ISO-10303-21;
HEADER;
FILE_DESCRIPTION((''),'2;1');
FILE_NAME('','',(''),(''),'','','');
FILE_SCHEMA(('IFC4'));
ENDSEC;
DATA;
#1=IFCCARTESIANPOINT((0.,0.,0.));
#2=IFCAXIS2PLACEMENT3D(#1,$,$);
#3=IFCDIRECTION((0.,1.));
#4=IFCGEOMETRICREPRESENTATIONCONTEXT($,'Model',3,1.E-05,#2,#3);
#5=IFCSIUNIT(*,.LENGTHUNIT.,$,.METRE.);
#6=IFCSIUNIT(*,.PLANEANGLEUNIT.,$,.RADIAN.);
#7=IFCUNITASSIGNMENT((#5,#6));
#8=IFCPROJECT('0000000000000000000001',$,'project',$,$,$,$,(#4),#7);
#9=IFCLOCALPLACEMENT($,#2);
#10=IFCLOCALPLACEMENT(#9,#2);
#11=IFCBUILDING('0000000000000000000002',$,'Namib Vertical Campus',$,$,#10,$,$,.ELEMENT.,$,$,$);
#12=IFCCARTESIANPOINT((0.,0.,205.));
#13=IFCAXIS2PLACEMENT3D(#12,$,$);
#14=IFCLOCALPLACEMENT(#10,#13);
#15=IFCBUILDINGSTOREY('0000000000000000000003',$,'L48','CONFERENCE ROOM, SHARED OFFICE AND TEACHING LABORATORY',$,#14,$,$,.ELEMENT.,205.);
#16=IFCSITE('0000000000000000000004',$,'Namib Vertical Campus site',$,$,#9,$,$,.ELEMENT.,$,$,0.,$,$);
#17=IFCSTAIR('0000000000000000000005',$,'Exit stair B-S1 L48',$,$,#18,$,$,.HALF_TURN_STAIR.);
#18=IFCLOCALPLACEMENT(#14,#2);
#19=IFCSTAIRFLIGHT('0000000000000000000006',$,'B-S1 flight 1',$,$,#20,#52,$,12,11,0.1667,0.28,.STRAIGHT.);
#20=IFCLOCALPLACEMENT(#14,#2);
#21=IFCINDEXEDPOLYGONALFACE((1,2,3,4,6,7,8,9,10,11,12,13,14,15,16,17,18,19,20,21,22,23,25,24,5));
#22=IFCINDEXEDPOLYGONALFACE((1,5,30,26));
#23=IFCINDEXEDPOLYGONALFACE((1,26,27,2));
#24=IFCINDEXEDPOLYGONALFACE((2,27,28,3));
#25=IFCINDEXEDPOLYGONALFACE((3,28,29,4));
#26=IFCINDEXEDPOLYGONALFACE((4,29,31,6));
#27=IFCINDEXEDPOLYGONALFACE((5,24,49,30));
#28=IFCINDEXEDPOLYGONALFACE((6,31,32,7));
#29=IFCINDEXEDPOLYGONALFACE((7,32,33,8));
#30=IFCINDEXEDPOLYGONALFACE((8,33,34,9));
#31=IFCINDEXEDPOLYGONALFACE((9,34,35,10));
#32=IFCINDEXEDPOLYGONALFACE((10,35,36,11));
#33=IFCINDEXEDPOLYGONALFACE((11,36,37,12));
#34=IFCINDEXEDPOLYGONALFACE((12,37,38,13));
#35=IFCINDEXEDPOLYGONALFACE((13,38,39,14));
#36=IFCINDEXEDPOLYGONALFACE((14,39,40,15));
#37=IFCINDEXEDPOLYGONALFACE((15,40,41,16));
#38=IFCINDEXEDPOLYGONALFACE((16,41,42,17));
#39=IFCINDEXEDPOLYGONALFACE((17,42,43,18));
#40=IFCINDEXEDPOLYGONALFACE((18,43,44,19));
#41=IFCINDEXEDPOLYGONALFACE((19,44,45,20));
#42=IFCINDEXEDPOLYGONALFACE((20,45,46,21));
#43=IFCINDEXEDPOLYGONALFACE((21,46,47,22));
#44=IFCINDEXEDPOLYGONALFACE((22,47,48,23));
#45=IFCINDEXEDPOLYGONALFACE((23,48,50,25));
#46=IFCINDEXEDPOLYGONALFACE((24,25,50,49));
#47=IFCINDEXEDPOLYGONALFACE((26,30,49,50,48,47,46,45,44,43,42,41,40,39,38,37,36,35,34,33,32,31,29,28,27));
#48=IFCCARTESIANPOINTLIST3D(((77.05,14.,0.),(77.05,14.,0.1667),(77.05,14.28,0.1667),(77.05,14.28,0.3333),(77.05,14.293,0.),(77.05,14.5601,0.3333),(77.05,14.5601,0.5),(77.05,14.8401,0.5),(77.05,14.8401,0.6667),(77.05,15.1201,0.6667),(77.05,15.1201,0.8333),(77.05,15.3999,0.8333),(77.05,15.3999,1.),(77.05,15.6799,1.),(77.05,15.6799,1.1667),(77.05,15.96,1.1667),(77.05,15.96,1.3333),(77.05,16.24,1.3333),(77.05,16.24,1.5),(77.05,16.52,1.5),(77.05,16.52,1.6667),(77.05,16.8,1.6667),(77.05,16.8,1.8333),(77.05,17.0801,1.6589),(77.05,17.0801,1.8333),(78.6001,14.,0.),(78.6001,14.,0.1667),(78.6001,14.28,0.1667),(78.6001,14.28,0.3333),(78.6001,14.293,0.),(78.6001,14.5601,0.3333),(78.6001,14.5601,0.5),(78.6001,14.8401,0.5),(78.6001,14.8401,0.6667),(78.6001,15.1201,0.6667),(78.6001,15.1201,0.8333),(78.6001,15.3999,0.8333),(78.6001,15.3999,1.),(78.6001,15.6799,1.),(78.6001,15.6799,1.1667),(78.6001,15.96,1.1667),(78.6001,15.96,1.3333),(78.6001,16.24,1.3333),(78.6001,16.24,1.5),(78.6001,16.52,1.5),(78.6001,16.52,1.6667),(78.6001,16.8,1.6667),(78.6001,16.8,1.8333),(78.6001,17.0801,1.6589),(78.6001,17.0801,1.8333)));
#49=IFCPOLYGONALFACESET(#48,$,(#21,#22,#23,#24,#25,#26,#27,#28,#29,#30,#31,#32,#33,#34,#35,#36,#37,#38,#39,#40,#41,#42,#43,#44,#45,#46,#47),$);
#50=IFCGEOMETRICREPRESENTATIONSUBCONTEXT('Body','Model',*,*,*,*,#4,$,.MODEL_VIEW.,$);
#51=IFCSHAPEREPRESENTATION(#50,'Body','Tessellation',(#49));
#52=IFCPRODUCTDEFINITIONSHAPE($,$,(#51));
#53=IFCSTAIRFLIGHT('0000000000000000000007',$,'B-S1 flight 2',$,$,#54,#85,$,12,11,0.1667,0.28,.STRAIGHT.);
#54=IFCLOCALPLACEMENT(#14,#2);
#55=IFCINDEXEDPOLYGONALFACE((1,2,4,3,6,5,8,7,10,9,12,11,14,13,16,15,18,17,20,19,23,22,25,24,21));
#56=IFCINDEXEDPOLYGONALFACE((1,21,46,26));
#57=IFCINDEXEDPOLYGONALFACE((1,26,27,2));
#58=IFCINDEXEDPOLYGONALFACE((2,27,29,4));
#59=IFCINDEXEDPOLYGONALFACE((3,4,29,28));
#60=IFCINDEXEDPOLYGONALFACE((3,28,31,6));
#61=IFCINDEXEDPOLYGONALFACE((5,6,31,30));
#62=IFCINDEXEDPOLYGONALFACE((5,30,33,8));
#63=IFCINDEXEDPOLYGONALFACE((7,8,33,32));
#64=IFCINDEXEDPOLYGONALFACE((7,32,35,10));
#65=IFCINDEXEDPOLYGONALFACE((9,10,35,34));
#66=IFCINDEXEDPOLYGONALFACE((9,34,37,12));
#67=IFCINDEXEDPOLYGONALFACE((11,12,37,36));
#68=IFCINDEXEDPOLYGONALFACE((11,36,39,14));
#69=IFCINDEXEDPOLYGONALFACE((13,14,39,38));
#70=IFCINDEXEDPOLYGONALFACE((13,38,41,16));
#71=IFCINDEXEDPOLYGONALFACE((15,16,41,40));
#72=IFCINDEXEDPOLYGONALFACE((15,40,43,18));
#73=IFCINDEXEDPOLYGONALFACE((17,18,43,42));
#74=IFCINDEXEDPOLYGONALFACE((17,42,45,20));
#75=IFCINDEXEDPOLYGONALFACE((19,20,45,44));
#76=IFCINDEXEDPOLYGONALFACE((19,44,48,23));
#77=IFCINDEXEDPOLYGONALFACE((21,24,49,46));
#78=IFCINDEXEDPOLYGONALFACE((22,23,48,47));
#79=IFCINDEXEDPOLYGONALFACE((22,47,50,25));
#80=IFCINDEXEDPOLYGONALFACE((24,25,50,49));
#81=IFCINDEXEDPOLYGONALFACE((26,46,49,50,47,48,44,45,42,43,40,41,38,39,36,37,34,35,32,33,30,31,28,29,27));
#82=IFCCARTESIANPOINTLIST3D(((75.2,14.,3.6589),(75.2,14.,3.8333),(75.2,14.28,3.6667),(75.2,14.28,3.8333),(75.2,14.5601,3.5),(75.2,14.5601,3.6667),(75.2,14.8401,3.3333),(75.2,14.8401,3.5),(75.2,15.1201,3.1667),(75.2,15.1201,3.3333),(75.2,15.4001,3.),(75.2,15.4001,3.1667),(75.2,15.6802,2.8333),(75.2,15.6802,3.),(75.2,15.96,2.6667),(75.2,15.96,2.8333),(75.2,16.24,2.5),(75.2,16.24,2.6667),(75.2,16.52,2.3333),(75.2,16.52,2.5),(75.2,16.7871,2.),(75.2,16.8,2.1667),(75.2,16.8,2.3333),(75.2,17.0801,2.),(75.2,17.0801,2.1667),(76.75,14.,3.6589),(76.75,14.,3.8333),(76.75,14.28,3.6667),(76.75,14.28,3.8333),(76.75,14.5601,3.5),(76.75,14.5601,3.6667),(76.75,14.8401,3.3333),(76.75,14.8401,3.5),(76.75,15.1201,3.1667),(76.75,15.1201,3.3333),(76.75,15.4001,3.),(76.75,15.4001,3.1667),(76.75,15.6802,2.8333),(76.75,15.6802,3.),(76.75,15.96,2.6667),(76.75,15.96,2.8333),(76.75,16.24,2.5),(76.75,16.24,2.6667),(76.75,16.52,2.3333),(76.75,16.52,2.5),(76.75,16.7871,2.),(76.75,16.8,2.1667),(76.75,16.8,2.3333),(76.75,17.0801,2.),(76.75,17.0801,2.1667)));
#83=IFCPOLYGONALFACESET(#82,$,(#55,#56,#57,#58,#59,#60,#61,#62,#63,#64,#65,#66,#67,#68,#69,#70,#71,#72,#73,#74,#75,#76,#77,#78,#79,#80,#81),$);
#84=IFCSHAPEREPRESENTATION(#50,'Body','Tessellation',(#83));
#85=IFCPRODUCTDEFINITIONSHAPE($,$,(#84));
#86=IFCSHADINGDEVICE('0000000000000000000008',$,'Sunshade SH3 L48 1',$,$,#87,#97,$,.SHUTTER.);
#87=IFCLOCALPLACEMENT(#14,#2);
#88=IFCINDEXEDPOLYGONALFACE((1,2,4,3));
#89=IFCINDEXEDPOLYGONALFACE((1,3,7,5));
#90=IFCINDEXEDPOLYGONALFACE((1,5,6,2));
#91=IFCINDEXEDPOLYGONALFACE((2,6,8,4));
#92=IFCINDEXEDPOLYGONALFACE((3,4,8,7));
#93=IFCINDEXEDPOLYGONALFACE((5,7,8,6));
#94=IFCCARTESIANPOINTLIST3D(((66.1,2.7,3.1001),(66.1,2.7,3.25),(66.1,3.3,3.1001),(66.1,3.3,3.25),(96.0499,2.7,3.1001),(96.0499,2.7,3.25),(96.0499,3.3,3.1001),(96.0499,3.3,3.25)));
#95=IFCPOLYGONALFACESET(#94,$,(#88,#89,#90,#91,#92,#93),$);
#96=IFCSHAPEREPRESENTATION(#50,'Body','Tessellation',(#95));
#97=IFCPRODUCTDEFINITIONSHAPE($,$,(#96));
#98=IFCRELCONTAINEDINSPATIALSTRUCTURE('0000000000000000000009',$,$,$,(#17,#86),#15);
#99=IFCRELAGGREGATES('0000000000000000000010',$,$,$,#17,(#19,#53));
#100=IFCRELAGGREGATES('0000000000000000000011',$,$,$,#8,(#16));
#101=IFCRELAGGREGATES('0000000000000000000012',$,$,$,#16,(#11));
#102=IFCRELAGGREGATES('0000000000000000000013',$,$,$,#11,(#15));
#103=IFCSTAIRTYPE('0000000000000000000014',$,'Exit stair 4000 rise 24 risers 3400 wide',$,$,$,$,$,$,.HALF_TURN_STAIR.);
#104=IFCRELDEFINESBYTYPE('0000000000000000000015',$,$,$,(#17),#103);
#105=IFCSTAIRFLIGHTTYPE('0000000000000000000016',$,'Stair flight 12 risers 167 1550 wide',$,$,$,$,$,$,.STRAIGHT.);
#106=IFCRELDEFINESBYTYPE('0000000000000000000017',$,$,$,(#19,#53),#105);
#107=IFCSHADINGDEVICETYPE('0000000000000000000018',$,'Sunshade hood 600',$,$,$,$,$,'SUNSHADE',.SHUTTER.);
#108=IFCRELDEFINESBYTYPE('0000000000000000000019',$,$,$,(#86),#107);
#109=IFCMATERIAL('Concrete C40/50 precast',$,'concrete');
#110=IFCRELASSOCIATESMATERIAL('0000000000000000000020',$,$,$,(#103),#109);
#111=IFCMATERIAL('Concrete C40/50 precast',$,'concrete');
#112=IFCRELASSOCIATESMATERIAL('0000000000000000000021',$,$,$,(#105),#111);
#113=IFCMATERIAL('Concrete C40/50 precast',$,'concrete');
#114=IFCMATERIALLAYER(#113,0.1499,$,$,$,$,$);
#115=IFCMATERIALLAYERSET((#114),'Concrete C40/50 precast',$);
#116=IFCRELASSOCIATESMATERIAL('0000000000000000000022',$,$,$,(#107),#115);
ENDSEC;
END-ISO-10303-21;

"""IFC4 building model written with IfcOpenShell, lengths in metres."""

from ifc_helpers import new_model, si_unit, direction, frame, origin, origin_2d, place, context, subcontext, project, spatial, polyline, rectangle, outline, extrude, material, layer, layer_set, type_object, element, aggregate, save


model = new_model("IFC4")

# Units and contexts
model_context = context("Model", 3, precision=1e-05, world=origin(), true_north=direction((0.0, 1.0)))
body_context = subcontext(model_context, "Body", "Model", "MODEL_VIEW")
ifc_project = project(units=[si_unit("LENGTHUNIT", "METRE"), si_unit("PLANEANGLEUNIT", "RADIAN")], contexts=[model_context])

# Site, building, storey
site_placement = place(None, origin())
site = spatial("IfcSite", under=ifc_project, at=site_placement, Name="Namib Vertical Campus site", CompositionType="ELEMENT", RefElevation=0.0)
building_placement = place(site_placement, origin())
building = spatial("IfcBuilding", under=site, at=building_placement, Name="Namib Vertical Campus", CompositionType="ELEMENT")
storey_placement = place(building_placement, frame((0.0, 0.0, 205.0)))
storey = spatial("IfcBuildingStorey", under=building, at=storey_placement, Name="L48", Description="CONFERENCE ROOM, SHARED OFFICE AND TEACHING LABORATORY", CompositionType="ELEMENT", Elevation=205.0)

# Stair, stair flights
ifc_material_1 = material(Name="Concrete C40/50 precast", Category="concrete")
stair_type = type_object("IfcStairType", Name="Exit stair 4000 rise 24 risers 3400 wide", PredefinedType="HALF_TURN_STAIR", material=ifc_material_1)
stair_placement = place(storey_placement, origin())
stair = element("IfcStair", 1, at=stair_placement, inside=storey, type_object=stair_type, Name="Exit stair B-S1 L48", PredefinedType="HALF_TURN_STAIR")
ifc_material_2 = material(Name="Concrete C40/50 precast", Category="concrete")
stair_flight_type = type_object("IfcStairFlightType", Name="Stair flight 12 risers 167 1550 wide", PredefinedType="STRAIGHT", material=ifc_material_2)
stair_flight_1_placement = place(storey_placement, frame((77.825, 14.0, 0.0), z_axis=(0.0, 0.0, 1.0), x_axis=(0.0, 1.0, 0.0)))
stair_flight_1 = element("IfcStairFlight", 2, at=stair_flight_1_placement, type_object=stair_flight_type, Name="B-S1 flight 1", NumberOfRisers=12, NumberOfTreads=11, PredefinedType="STRAIGHT", RiserHeight=0.1667, TreadLength=0.28, context=body_context, shape_type="SweptSolid", body=[
    extrude(outline(polyline([(0.0, 0.0), (0.0, 0.1667), (0.28, 0.1667), (0.28, 0.3333), (0.5601, 0.3333), (0.5601, 0.5), (0.8401, 0.5), (0.8401, 0.6667), (1.1201, 0.6667), (1.1201, 0.8333), (1.3999, 0.8333), (1.3999, 1.0), (1.6799, 1.0), (1.6799, 1.1667), (1.96, 1.1667), (1.96, 1.3333), (2.24, 1.3333), (2.24, 1.5), (2.52, 1.5), (2.52, 1.6667), (2.8, 1.6667), (2.8, 1.8333), (3.0801, 1.8333), (3.0801, 2.0), (3.0801, 1.6589), (0.293, 0.0), (0.0, 0.0)])), frame((0.0, 0.7749, 0.0), z_axis=(0.0, -1.0, 0.0), x_axis=(1.0, 0.0, 0.0)), (0.0, 0.0, 1.0), 1.55),
])
stair_flight_2_placement = place(storey_placement, frame((75.9751, 17.0801, 2.0), z_axis=(0.0, 0.0, 1.0), x_axis=(0.0, -1.0, 0.0)))
stair_flight_2 = element("IfcStairFlight", 3, at=stair_flight_2_placement, type_object=stair_flight_type, Name="B-S1 flight 2", NumberOfRisers=12, NumberOfTreads=11, PredefinedType="STRAIGHT", RiserHeight=0.1667, TreadLength=0.28, context=body_context, shape_type="SweptSolid", body=[
    extrude(outline(polyline([(0.0, 0.0), (0.0, 0.1667), (0.28, 0.1667), (0.28, 0.3333), (0.5601, 0.3333), (0.5601, 0.5), (0.8401, 0.5), (0.8401, 0.6667), (1.1201, 0.6667), (1.1201, 0.8333), (1.3999, 0.8333), (1.3999, 1.0), (1.6799, 1.0), (1.6799, 1.1667), (1.96, 1.1667), (1.96, 1.3333), (2.24, 1.3333), (2.24, 1.5), (2.52, 1.5), (2.52, 1.6667), (2.8, 1.6667), (2.8, 1.8333), (3.0801, 1.8333), (3.0801, 2.0), (3.0801, 1.6589), (0.293, 0.0), (0.0, 0.0)])), frame((0.0, 0.7749, 0.0), z_axis=(0.0, -1.0, 0.0), x_axis=(1.0, 0.0, 0.0)), (0.0, 0.0, 1.0), 1.55),
])
aggregate(stair, [stair_flight_1, stair_flight_2])

# Shading device
ifc_material_3 = material(Name="Concrete C40/50 precast", Category="concrete")
ifc_layer_1 = layer(ifc_material_3, 0.1499)
ifc_layer_set_1 = layer_set([ifc_layer_1], Name="Concrete C40/50 precast")
shading_device_type = type_object("IfcShadingDeviceType", Name="Sunshade hood 600", ElementType="SUNSHADE", PredefinedType="SHUTTER", material=ifc_layer_set_1)
shading_device_placement = place(storey_placement, frame((81.075, 3.0, 3.1001), z_axis=(0.0, 0.0, 1.0), x_axis=(1.0, 0.0, 0.0)))
element("IfcShadingDevice", 4, at=shading_device_placement, inside=storey, type_object=shading_device_type, Name="Sunshade SH3 L48 1", PredefinedType="SHUTTER", context=body_context, shape_type="SweptSolid", body=[
    extrude(rectangle(XDim=29.95, YDim=0.6001, at=origin_2d()), origin(), (0.0, 0.0, 1.0), 0.1499),
])

save(model, "model.ifc")
